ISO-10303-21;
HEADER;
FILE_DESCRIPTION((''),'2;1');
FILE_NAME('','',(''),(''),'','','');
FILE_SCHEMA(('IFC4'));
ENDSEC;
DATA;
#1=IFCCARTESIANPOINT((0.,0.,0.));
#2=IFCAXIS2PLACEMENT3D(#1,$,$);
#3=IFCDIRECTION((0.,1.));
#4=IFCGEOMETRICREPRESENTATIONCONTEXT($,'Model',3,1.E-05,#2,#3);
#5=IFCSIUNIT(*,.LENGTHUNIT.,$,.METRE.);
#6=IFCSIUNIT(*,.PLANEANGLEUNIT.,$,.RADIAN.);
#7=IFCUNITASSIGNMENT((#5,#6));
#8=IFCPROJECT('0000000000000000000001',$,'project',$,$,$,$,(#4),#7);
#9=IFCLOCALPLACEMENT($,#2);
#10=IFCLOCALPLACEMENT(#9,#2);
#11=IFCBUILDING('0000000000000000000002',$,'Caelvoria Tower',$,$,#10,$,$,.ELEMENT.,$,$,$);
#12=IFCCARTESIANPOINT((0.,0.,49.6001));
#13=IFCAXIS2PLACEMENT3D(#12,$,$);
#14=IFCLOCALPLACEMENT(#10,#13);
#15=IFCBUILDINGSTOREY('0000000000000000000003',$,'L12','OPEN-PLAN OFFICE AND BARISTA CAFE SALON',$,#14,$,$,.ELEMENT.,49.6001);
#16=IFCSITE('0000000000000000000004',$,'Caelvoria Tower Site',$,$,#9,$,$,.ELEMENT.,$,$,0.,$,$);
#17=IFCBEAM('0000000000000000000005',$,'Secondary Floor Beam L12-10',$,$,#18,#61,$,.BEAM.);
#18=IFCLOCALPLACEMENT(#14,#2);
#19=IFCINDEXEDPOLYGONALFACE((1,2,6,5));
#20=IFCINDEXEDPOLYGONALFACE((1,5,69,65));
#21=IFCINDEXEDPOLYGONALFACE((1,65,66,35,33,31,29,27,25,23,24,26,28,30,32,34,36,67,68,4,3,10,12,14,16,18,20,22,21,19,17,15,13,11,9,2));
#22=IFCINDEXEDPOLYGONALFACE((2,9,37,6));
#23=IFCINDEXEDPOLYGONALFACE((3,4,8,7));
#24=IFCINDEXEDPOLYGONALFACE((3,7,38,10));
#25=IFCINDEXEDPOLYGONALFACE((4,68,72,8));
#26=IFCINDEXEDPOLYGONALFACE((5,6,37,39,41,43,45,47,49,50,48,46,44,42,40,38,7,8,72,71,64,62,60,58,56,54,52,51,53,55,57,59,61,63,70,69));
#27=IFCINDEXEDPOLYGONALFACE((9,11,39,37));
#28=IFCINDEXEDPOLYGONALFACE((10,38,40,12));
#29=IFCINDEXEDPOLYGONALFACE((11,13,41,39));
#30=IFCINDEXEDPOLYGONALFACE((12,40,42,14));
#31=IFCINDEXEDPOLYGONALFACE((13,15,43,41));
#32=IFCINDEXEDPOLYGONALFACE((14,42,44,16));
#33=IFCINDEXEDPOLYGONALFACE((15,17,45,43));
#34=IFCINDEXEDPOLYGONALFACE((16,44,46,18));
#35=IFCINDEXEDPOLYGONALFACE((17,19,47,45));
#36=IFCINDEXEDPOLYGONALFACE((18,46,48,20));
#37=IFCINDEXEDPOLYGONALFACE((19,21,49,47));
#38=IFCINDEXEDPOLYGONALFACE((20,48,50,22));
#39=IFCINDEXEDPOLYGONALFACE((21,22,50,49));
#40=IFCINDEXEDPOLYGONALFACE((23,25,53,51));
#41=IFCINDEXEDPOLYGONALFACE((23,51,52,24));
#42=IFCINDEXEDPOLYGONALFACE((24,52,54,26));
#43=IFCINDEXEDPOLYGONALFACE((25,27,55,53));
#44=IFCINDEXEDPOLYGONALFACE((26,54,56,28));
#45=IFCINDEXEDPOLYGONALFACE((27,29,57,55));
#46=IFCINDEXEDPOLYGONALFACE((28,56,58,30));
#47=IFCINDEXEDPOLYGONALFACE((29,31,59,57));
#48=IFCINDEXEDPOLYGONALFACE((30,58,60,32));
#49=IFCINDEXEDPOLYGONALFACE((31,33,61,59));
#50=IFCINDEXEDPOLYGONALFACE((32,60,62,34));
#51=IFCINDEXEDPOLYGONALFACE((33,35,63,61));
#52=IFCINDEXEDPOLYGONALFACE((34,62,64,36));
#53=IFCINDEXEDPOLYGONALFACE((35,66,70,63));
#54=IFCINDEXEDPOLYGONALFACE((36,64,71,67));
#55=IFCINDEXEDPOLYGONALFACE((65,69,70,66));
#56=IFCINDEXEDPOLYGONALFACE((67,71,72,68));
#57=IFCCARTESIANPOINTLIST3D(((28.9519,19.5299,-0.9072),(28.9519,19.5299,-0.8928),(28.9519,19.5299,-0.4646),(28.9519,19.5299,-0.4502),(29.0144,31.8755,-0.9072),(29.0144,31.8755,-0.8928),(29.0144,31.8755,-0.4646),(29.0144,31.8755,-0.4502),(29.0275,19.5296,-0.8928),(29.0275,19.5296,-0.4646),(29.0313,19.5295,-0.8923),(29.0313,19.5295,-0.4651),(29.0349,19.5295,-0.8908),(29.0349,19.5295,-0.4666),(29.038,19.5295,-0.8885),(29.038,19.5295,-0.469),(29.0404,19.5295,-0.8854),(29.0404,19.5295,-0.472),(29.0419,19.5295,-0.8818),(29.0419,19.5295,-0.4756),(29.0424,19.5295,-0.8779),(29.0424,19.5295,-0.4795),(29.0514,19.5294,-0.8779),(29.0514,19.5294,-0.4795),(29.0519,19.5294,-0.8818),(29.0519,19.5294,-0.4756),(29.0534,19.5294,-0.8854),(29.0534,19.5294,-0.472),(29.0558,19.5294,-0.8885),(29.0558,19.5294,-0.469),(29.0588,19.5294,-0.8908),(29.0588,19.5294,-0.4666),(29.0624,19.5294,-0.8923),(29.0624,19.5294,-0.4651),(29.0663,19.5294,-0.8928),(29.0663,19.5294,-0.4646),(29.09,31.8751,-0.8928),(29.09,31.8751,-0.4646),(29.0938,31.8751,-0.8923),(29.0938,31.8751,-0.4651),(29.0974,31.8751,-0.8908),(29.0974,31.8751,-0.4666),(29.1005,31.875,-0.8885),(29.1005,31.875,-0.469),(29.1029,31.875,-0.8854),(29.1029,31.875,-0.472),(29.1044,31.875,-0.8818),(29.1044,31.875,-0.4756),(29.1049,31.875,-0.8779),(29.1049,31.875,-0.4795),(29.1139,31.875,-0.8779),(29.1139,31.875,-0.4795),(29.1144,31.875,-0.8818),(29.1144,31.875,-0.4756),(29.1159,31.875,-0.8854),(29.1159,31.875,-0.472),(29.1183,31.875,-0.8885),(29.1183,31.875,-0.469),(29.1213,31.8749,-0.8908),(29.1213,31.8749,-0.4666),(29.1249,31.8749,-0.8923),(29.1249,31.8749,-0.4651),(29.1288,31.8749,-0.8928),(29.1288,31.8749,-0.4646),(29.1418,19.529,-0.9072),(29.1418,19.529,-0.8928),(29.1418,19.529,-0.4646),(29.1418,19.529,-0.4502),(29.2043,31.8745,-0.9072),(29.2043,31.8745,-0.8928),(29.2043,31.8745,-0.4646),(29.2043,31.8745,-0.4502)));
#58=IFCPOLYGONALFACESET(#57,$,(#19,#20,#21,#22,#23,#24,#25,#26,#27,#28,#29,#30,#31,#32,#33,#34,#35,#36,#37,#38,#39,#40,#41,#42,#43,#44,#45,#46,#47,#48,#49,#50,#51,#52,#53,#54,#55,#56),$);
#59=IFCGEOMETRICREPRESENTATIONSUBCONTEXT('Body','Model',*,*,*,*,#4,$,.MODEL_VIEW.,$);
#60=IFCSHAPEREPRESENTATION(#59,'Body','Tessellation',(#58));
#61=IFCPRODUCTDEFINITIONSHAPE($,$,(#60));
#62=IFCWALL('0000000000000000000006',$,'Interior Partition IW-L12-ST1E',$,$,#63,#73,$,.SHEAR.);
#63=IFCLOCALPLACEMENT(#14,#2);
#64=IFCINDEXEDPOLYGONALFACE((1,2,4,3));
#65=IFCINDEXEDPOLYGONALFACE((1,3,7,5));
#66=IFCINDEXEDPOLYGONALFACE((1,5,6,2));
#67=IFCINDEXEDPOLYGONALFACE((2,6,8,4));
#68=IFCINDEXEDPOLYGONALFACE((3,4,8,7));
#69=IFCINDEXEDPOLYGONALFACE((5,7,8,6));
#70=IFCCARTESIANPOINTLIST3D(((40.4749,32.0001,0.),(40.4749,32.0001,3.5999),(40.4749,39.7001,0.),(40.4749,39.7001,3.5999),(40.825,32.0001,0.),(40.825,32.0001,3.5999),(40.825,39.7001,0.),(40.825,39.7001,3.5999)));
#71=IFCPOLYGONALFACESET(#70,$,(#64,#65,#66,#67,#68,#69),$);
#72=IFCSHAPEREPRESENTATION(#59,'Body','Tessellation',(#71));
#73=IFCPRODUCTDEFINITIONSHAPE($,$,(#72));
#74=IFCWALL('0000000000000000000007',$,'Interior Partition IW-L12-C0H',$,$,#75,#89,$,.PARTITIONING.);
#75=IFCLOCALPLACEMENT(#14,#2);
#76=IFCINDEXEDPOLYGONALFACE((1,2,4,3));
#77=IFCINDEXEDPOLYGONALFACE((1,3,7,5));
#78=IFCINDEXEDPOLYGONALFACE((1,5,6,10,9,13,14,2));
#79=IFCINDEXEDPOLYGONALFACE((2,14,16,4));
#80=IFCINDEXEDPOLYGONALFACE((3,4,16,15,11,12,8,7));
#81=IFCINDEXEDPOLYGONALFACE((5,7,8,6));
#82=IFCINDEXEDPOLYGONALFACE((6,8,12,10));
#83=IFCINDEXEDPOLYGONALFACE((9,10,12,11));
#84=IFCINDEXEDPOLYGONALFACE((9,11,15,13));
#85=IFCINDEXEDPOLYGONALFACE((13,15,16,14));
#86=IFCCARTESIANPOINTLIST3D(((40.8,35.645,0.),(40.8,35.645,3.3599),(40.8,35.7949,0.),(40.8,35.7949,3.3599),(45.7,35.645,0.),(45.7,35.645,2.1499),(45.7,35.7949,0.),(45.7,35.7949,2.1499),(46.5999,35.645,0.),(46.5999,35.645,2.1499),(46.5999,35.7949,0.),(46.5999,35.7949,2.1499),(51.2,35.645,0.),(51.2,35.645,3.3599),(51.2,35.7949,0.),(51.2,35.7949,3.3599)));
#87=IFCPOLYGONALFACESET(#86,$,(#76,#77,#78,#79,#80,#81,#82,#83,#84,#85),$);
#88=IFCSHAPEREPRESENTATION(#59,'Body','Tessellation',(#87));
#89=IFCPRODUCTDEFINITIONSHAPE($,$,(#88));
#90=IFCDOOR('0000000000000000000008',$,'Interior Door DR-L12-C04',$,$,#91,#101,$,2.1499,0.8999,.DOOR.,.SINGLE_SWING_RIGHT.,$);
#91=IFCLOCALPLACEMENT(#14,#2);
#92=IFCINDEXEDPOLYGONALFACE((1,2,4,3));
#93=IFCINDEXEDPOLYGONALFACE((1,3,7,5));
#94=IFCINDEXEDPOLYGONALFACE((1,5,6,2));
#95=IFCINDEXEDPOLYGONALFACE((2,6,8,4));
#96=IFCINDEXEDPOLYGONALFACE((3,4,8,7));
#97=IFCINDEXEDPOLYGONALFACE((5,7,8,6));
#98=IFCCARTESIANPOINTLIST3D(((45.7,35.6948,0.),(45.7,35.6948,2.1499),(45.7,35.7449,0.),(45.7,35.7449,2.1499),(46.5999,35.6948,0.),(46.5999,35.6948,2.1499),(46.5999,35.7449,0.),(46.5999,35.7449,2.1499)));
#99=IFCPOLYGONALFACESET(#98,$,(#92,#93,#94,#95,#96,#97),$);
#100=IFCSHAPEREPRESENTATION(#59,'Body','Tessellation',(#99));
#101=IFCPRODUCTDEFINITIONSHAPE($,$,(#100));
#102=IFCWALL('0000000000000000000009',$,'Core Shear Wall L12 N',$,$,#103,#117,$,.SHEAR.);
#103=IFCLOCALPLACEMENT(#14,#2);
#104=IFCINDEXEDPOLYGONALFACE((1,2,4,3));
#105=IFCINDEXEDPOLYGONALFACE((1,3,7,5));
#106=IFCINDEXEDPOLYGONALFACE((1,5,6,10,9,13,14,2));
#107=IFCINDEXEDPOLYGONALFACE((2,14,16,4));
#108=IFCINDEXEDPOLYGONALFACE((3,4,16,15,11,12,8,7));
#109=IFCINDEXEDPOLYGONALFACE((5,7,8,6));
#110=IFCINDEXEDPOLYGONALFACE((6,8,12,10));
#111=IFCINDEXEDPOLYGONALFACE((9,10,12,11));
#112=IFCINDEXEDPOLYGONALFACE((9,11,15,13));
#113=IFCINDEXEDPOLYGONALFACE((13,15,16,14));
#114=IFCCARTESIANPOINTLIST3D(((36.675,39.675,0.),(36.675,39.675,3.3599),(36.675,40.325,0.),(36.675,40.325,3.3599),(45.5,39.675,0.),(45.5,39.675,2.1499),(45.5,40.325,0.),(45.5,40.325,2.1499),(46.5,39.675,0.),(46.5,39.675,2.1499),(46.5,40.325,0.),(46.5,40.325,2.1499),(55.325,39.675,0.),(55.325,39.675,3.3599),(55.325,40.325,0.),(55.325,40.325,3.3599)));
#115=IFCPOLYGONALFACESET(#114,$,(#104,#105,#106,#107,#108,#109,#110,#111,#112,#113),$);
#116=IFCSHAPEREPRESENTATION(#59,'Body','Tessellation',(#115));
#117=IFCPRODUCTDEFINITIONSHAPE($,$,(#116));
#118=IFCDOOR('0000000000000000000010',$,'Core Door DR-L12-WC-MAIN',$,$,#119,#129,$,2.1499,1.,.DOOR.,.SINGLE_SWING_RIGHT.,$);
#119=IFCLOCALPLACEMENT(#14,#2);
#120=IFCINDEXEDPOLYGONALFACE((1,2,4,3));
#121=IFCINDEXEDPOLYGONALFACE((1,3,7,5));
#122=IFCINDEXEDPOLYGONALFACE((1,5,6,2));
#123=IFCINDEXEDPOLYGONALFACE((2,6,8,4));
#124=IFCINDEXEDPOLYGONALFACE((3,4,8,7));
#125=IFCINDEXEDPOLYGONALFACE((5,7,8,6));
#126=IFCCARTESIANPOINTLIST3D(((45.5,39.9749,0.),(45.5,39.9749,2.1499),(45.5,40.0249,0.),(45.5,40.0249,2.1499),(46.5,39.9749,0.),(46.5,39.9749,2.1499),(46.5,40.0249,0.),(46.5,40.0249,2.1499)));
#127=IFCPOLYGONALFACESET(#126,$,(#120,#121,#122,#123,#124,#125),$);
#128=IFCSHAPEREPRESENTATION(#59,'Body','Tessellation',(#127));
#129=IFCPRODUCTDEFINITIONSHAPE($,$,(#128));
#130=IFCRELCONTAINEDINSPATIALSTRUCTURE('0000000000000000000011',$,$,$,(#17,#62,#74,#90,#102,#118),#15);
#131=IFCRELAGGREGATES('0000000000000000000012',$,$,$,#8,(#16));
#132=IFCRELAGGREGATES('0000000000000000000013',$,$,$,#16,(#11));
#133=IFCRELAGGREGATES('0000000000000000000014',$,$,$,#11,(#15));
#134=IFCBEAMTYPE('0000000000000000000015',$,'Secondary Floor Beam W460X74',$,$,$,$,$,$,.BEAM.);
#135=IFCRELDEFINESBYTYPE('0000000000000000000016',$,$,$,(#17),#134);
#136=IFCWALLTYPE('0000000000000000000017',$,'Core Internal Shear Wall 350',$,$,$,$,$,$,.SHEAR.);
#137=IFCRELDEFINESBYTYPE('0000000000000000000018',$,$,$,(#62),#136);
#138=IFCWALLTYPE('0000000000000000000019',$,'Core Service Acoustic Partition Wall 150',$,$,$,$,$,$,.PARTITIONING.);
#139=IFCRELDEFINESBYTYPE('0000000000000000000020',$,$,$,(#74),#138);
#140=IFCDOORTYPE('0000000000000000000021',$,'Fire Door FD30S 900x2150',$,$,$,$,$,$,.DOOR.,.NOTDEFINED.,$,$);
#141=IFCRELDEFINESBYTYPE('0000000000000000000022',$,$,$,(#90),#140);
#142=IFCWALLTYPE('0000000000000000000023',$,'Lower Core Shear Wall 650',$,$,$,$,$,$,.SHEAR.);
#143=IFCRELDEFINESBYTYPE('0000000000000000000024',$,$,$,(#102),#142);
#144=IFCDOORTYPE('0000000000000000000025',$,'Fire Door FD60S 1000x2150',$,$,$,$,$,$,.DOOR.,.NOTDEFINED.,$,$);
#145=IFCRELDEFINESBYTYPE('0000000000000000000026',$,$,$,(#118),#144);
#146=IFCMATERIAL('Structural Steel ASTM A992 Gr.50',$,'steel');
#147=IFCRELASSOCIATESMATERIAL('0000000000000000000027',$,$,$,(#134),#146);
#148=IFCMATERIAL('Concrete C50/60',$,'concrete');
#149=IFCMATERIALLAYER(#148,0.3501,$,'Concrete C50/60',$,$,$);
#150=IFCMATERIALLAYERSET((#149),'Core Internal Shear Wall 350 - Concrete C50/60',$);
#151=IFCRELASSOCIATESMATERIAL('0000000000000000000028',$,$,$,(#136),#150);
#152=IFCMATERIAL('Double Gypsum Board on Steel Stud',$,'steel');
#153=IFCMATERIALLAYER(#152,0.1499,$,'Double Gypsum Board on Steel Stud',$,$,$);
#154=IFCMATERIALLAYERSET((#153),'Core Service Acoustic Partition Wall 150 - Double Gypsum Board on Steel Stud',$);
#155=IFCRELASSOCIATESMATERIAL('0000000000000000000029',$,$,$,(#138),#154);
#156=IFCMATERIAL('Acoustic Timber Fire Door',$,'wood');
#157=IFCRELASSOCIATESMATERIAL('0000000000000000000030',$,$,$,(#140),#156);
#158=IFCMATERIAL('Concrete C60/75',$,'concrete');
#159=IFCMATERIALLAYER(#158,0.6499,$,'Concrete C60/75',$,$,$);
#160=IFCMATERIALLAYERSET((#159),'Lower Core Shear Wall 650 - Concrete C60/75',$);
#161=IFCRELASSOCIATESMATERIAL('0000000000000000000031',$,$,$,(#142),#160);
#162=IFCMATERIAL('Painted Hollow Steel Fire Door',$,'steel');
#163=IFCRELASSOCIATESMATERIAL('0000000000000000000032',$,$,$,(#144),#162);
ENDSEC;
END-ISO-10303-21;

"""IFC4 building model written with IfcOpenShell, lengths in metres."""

from ifc_helpers import new_model, si_unit, direction, frame, frame_2d, origin, origin_2d, place, context, subcontext, project, spatial, rectangle, i_section, extrude, material, layer, layer_set, material_profile, profile_set, type_object, element, fill, save


model = new_model("IFC4")

# Units and contexts
model_context = context("Model", 3, precision=1e-05, world=origin(), true_north=direction((0.0, 1.0)))
body_context = subcontext(model_context, "Body", "Model", "MODEL_VIEW")
ifc_project = project(units=[si_unit("LENGTHUNIT", "METRE"), si_unit("PLANEANGLEUNIT", "RADIAN")], contexts=[model_context])

# Site, building, storey
site_placement = place(None, origin())
site = spatial("IfcSite", under=ifc_project, at=site_placement, Name="Caelvoria Tower Site", CompositionType="ELEMENT", RefElevation=0.0)
building_placement = place(site_placement, origin())
building = spatial("IfcBuilding", under=site, at=building_placement, Name="Caelvoria Tower", CompositionType="ELEMENT")
storey_placement = place(building_placement, frame((0.0, 0.0, 49.6001)))
storey = spatial("IfcBuildingStorey", under=building, at=storey_placement, Name="L12", Description="OPEN-PLAN OFFICE AND BARISTA CAFE SALON", CompositionType="ELEMENT", Elevation=49.6001)

# Beam
ifc_material_1 = material(Name="Structural Steel ASTM A992 Gr.50", Category="steel")
ifc_material_profile_1 = material_profile(ifc_material_1, i_section(OverallWidth=0.1899, OverallDepth=0.457, WebThickness=0.009, FlangeThickness=0.0144, FilletRadius=0.0149, at=origin_2d()), Name="Structural Steel ASTM A992 Gr.50")
ifc_profile_set_1 = profile_set([ifc_material_profile_1], Name="W460X74 - Structural Steel ASTM A992 Gr.50")
beam_type_1 = type_object("IfcBeamType", Name="Secondary Floor Beam W460X74", PredefinedType="BEAM", material=ifc_profile_set_1)
for number, where, z_axis, x_axis, name in (
    (1, (29.1094, 31.875, -0.6787), (-0.005063, -0.999987, 0.0), (0.999987, -0.005063, 0.0), "Secondary Floor Beam L12-10"),
):
    element("IfcBeam", number, at=place(storey_placement, frame(where, z_axis=z_axis, x_axis=x_axis)), inside=storey, type_object=beam_type_1, Name=name, PredefinedType="BEAM", context=body_context, shape_type="SweptSolid", body=[
        extrude(i_section(OverallWidth=0.1899, OverallDepth=0.457, WebThickness=0.009, FlangeThickness=0.0144, FilletRadius=0.0149, at=origin_2d()), origin(), (0.0, 0.0, 1.0), 12.3457),
    ])

# Shared definitions
ifc_material_2 = material(Name="Concrete C50/60", Category="concrete")
ifc_layer_1 = layer(ifc_material_2, 0.3501, Name="Concrete C50/60")
ifc_layer_set_1 = layer_set([ifc_layer_1], Name="Core Internal Shear Wall 350 - Concrete C50/60")
wall_type_1 = type_object("IfcWallType", Name="Core Internal Shear Wall 350", PredefinedType="SHEAR", material=ifc_layer_set_1)
ifc_material_3 = material(Name="Painted Hollow Steel Fire Door", Category="steel")

# Wall
wall_1_placement = place(storey_placement, frame((40.6499, 32.0, 0.0), z_axis=(0.0, 0.0, 1.0), x_axis=(0.0, 1.0, 0.0)))
element("IfcWall", 2, at=wall_1_placement, inside=storey, type_object=wall_type_1, Name="Interior Partition IW-L12-ST1E", PredefinedType="SHEAR", context=body_context, shape_type="SweptSolid", body=[
    extrude(rectangle(XDim=7.7, YDim=0.3501, at=frame_2d((3.8501, 0.0))), origin(), (0.0, 0.0, 1.0), 3.5999),
])

# Walls, openings, doors
ifc_material_4 = material(Name="Double Gypsum Board on Steel Stud", Category="steel")
ifc_layer_2 = layer(ifc_material_4, 0.1499, Name="Double Gypsum Board on Steel Stud")
ifc_layer_set_2 = layer_set([ifc_layer_2], Name="Core Service Acoustic Partition Wall 150 - Double Gypsum Board on Steel Stud")
wall_type_2 = type_object("IfcWallType", Name="Core Service Acoustic Partition Wall 150", PredefinedType="PARTITIONING", material=ifc_layer_set_2)
wall_2_placement = place(storey_placement, frame((40.8, 35.72, 0.0), z_axis=(0.0, 0.0, 1.0), x_axis=(1.0, 0.0, 0.0)))
wall_2 = element("IfcWall", 3, at=wall_2_placement, inside=storey, type_object=wall_type_2, Name="Interior Partition IW-L12-C0H", PredefinedType="PARTITIONING", context=body_context, shape_type="SweptSolid", body=[
    extrude(rectangle(XDim=10.3999, YDim=0.1499, at=frame_2d((5.2, 0.0))), origin(), (0.0, 0.0, 1.0), 3.3599),
])
opening_1_placement = place(wall_2_placement, frame((4.8999, 0.0, 0.0)))
opening_1 = element("IfcOpeningElement", 4, at=opening_1_placement, cuts=wall_2, PredefinedType="OPENING", context=body_context, shape_type="SweptSolid", body=[
    extrude(rectangle(XDim=0.8999, YDim=2.1499, at=frame_2d((0.45, 1.075))), frame((0.0, 0.085, 0.0), z_axis=(0.0, -1.0, 0.0), x_axis=(1.0, 0.0, 0.0)), (0.0, 0.0, 1.0), 0.1699),
])
ifc_material_5 = material(Name="Acoustic Timber Fire Door", Category="wood")
door_type_1 = type_object("IfcDoorType", Name="Fire Door FD30S 900x2150", OperationType="NOTDEFINED", PredefinedType="DOOR", material=ifc_material_5)
door_1_placement = place(opening_1_placement, origin())
door_1 = element("IfcDoor", 5, at=door_1_placement, inside=storey, type_object=door_type_1, Name="Interior Door DR-L12-C04", OperationType="SINGLE_SWING_RIGHT", OverallHeight=2.1499, OverallWidth=0.8999, PredefinedType="DOOR", context=body_context, shape_type="SweptSolid", body=[
    extrude(rectangle(XDim=0.8999, YDim=2.1499, at=frame_2d((0.45, 1.075))), frame((0.0, 0.0249, 0.0), z_axis=(0.0, -1.0, 0.0), x_axis=(1.0, 0.0, 0.0)), (0.0, 0.0, 1.0), 0.05),
])
fill(opening_1, door_1)
ifc_material_6 = material(Name="Concrete C60/75", Category="concrete")
ifc_layer_3 = layer(ifc_material_6, 0.6499, Name="Concrete C60/75")
ifc_layer_set_3 = layer_set([ifc_layer_3], Name="Lower Core Shear Wall 650 - Concrete C60/75")
wall_type_3 = type_object("IfcWallType", Name="Lower Core Shear Wall 650", PredefinedType="SHEAR", material=ifc_layer_set_3)
wall_3_placement = place(storey_placement, frame((36.675, 40.0, 0.0), z_axis=(0.0, 0.0, 1.0), x_axis=(1.0, 0.0, 0.0)))
wall_3 = element("IfcWall", 6, at=wall_3_placement, inside=storey, type_object=wall_type_3, Name="Core Shear Wall L12 N", PredefinedType="SHEAR", context=body_context, shape_type="SweptSolid", body=[
    extrude(rectangle(XDim=18.6499, YDim=0.6499, at=frame_2d((9.325, 0.0))), origin(), (0.0, 0.0, 1.0), 3.3599),
])
opening_2_placement = place(wall_3_placement, frame((8.825, 0.0, 0.0)))
opening_2 = element("IfcOpeningElement", 7, at=opening_2_placement, cuts=wall_3, PredefinedType="OPENING", context=body_context, shape_type="SweptSolid", body=[
    extrude(rectangle(XDim=1.0, YDim=2.1499, at=frame_2d((0.5, 1.075))), frame((0.0, 0.335, 0.0), z_axis=(0.0, -1.0, 0.0), x_axis=(1.0, 0.0, 0.0)), (0.0, 0.0, 1.0), 0.6699),
])
door_type_2 = type_object("IfcDoorType", Name="Fire Door FD60S 1000x2150", OperationType="NOTDEFINED", PredefinedType="DOOR", material=ifc_material_3)
door_2_placement = place(opening_2_placement, origin())
door_2 = element("IfcDoor", 8, at=door_2_placement, inside=storey, type_object=door_type_2, Name="Core Door DR-L12-WC-MAIN", OperationType="SINGLE_SWING_RIGHT", OverallHeight=2.1499, OverallWidth=1.0, PredefinedType="DOOR", context=body_context, shape_type="SweptSolid", body=[
    extrude(rectangle(XDim=1.0, YDim=2.1499, at=frame_2d((0.5, 1.075))), frame((0.0, 0.0249, 0.0), z_axis=(0.0, -1.0, 0.0), x_axis=(1.0, 0.0, 0.0)), (0.0, 0.0, 1.0), 0.05),
])
fill(opening_2, door_2)

save(model, "model.ifc")
